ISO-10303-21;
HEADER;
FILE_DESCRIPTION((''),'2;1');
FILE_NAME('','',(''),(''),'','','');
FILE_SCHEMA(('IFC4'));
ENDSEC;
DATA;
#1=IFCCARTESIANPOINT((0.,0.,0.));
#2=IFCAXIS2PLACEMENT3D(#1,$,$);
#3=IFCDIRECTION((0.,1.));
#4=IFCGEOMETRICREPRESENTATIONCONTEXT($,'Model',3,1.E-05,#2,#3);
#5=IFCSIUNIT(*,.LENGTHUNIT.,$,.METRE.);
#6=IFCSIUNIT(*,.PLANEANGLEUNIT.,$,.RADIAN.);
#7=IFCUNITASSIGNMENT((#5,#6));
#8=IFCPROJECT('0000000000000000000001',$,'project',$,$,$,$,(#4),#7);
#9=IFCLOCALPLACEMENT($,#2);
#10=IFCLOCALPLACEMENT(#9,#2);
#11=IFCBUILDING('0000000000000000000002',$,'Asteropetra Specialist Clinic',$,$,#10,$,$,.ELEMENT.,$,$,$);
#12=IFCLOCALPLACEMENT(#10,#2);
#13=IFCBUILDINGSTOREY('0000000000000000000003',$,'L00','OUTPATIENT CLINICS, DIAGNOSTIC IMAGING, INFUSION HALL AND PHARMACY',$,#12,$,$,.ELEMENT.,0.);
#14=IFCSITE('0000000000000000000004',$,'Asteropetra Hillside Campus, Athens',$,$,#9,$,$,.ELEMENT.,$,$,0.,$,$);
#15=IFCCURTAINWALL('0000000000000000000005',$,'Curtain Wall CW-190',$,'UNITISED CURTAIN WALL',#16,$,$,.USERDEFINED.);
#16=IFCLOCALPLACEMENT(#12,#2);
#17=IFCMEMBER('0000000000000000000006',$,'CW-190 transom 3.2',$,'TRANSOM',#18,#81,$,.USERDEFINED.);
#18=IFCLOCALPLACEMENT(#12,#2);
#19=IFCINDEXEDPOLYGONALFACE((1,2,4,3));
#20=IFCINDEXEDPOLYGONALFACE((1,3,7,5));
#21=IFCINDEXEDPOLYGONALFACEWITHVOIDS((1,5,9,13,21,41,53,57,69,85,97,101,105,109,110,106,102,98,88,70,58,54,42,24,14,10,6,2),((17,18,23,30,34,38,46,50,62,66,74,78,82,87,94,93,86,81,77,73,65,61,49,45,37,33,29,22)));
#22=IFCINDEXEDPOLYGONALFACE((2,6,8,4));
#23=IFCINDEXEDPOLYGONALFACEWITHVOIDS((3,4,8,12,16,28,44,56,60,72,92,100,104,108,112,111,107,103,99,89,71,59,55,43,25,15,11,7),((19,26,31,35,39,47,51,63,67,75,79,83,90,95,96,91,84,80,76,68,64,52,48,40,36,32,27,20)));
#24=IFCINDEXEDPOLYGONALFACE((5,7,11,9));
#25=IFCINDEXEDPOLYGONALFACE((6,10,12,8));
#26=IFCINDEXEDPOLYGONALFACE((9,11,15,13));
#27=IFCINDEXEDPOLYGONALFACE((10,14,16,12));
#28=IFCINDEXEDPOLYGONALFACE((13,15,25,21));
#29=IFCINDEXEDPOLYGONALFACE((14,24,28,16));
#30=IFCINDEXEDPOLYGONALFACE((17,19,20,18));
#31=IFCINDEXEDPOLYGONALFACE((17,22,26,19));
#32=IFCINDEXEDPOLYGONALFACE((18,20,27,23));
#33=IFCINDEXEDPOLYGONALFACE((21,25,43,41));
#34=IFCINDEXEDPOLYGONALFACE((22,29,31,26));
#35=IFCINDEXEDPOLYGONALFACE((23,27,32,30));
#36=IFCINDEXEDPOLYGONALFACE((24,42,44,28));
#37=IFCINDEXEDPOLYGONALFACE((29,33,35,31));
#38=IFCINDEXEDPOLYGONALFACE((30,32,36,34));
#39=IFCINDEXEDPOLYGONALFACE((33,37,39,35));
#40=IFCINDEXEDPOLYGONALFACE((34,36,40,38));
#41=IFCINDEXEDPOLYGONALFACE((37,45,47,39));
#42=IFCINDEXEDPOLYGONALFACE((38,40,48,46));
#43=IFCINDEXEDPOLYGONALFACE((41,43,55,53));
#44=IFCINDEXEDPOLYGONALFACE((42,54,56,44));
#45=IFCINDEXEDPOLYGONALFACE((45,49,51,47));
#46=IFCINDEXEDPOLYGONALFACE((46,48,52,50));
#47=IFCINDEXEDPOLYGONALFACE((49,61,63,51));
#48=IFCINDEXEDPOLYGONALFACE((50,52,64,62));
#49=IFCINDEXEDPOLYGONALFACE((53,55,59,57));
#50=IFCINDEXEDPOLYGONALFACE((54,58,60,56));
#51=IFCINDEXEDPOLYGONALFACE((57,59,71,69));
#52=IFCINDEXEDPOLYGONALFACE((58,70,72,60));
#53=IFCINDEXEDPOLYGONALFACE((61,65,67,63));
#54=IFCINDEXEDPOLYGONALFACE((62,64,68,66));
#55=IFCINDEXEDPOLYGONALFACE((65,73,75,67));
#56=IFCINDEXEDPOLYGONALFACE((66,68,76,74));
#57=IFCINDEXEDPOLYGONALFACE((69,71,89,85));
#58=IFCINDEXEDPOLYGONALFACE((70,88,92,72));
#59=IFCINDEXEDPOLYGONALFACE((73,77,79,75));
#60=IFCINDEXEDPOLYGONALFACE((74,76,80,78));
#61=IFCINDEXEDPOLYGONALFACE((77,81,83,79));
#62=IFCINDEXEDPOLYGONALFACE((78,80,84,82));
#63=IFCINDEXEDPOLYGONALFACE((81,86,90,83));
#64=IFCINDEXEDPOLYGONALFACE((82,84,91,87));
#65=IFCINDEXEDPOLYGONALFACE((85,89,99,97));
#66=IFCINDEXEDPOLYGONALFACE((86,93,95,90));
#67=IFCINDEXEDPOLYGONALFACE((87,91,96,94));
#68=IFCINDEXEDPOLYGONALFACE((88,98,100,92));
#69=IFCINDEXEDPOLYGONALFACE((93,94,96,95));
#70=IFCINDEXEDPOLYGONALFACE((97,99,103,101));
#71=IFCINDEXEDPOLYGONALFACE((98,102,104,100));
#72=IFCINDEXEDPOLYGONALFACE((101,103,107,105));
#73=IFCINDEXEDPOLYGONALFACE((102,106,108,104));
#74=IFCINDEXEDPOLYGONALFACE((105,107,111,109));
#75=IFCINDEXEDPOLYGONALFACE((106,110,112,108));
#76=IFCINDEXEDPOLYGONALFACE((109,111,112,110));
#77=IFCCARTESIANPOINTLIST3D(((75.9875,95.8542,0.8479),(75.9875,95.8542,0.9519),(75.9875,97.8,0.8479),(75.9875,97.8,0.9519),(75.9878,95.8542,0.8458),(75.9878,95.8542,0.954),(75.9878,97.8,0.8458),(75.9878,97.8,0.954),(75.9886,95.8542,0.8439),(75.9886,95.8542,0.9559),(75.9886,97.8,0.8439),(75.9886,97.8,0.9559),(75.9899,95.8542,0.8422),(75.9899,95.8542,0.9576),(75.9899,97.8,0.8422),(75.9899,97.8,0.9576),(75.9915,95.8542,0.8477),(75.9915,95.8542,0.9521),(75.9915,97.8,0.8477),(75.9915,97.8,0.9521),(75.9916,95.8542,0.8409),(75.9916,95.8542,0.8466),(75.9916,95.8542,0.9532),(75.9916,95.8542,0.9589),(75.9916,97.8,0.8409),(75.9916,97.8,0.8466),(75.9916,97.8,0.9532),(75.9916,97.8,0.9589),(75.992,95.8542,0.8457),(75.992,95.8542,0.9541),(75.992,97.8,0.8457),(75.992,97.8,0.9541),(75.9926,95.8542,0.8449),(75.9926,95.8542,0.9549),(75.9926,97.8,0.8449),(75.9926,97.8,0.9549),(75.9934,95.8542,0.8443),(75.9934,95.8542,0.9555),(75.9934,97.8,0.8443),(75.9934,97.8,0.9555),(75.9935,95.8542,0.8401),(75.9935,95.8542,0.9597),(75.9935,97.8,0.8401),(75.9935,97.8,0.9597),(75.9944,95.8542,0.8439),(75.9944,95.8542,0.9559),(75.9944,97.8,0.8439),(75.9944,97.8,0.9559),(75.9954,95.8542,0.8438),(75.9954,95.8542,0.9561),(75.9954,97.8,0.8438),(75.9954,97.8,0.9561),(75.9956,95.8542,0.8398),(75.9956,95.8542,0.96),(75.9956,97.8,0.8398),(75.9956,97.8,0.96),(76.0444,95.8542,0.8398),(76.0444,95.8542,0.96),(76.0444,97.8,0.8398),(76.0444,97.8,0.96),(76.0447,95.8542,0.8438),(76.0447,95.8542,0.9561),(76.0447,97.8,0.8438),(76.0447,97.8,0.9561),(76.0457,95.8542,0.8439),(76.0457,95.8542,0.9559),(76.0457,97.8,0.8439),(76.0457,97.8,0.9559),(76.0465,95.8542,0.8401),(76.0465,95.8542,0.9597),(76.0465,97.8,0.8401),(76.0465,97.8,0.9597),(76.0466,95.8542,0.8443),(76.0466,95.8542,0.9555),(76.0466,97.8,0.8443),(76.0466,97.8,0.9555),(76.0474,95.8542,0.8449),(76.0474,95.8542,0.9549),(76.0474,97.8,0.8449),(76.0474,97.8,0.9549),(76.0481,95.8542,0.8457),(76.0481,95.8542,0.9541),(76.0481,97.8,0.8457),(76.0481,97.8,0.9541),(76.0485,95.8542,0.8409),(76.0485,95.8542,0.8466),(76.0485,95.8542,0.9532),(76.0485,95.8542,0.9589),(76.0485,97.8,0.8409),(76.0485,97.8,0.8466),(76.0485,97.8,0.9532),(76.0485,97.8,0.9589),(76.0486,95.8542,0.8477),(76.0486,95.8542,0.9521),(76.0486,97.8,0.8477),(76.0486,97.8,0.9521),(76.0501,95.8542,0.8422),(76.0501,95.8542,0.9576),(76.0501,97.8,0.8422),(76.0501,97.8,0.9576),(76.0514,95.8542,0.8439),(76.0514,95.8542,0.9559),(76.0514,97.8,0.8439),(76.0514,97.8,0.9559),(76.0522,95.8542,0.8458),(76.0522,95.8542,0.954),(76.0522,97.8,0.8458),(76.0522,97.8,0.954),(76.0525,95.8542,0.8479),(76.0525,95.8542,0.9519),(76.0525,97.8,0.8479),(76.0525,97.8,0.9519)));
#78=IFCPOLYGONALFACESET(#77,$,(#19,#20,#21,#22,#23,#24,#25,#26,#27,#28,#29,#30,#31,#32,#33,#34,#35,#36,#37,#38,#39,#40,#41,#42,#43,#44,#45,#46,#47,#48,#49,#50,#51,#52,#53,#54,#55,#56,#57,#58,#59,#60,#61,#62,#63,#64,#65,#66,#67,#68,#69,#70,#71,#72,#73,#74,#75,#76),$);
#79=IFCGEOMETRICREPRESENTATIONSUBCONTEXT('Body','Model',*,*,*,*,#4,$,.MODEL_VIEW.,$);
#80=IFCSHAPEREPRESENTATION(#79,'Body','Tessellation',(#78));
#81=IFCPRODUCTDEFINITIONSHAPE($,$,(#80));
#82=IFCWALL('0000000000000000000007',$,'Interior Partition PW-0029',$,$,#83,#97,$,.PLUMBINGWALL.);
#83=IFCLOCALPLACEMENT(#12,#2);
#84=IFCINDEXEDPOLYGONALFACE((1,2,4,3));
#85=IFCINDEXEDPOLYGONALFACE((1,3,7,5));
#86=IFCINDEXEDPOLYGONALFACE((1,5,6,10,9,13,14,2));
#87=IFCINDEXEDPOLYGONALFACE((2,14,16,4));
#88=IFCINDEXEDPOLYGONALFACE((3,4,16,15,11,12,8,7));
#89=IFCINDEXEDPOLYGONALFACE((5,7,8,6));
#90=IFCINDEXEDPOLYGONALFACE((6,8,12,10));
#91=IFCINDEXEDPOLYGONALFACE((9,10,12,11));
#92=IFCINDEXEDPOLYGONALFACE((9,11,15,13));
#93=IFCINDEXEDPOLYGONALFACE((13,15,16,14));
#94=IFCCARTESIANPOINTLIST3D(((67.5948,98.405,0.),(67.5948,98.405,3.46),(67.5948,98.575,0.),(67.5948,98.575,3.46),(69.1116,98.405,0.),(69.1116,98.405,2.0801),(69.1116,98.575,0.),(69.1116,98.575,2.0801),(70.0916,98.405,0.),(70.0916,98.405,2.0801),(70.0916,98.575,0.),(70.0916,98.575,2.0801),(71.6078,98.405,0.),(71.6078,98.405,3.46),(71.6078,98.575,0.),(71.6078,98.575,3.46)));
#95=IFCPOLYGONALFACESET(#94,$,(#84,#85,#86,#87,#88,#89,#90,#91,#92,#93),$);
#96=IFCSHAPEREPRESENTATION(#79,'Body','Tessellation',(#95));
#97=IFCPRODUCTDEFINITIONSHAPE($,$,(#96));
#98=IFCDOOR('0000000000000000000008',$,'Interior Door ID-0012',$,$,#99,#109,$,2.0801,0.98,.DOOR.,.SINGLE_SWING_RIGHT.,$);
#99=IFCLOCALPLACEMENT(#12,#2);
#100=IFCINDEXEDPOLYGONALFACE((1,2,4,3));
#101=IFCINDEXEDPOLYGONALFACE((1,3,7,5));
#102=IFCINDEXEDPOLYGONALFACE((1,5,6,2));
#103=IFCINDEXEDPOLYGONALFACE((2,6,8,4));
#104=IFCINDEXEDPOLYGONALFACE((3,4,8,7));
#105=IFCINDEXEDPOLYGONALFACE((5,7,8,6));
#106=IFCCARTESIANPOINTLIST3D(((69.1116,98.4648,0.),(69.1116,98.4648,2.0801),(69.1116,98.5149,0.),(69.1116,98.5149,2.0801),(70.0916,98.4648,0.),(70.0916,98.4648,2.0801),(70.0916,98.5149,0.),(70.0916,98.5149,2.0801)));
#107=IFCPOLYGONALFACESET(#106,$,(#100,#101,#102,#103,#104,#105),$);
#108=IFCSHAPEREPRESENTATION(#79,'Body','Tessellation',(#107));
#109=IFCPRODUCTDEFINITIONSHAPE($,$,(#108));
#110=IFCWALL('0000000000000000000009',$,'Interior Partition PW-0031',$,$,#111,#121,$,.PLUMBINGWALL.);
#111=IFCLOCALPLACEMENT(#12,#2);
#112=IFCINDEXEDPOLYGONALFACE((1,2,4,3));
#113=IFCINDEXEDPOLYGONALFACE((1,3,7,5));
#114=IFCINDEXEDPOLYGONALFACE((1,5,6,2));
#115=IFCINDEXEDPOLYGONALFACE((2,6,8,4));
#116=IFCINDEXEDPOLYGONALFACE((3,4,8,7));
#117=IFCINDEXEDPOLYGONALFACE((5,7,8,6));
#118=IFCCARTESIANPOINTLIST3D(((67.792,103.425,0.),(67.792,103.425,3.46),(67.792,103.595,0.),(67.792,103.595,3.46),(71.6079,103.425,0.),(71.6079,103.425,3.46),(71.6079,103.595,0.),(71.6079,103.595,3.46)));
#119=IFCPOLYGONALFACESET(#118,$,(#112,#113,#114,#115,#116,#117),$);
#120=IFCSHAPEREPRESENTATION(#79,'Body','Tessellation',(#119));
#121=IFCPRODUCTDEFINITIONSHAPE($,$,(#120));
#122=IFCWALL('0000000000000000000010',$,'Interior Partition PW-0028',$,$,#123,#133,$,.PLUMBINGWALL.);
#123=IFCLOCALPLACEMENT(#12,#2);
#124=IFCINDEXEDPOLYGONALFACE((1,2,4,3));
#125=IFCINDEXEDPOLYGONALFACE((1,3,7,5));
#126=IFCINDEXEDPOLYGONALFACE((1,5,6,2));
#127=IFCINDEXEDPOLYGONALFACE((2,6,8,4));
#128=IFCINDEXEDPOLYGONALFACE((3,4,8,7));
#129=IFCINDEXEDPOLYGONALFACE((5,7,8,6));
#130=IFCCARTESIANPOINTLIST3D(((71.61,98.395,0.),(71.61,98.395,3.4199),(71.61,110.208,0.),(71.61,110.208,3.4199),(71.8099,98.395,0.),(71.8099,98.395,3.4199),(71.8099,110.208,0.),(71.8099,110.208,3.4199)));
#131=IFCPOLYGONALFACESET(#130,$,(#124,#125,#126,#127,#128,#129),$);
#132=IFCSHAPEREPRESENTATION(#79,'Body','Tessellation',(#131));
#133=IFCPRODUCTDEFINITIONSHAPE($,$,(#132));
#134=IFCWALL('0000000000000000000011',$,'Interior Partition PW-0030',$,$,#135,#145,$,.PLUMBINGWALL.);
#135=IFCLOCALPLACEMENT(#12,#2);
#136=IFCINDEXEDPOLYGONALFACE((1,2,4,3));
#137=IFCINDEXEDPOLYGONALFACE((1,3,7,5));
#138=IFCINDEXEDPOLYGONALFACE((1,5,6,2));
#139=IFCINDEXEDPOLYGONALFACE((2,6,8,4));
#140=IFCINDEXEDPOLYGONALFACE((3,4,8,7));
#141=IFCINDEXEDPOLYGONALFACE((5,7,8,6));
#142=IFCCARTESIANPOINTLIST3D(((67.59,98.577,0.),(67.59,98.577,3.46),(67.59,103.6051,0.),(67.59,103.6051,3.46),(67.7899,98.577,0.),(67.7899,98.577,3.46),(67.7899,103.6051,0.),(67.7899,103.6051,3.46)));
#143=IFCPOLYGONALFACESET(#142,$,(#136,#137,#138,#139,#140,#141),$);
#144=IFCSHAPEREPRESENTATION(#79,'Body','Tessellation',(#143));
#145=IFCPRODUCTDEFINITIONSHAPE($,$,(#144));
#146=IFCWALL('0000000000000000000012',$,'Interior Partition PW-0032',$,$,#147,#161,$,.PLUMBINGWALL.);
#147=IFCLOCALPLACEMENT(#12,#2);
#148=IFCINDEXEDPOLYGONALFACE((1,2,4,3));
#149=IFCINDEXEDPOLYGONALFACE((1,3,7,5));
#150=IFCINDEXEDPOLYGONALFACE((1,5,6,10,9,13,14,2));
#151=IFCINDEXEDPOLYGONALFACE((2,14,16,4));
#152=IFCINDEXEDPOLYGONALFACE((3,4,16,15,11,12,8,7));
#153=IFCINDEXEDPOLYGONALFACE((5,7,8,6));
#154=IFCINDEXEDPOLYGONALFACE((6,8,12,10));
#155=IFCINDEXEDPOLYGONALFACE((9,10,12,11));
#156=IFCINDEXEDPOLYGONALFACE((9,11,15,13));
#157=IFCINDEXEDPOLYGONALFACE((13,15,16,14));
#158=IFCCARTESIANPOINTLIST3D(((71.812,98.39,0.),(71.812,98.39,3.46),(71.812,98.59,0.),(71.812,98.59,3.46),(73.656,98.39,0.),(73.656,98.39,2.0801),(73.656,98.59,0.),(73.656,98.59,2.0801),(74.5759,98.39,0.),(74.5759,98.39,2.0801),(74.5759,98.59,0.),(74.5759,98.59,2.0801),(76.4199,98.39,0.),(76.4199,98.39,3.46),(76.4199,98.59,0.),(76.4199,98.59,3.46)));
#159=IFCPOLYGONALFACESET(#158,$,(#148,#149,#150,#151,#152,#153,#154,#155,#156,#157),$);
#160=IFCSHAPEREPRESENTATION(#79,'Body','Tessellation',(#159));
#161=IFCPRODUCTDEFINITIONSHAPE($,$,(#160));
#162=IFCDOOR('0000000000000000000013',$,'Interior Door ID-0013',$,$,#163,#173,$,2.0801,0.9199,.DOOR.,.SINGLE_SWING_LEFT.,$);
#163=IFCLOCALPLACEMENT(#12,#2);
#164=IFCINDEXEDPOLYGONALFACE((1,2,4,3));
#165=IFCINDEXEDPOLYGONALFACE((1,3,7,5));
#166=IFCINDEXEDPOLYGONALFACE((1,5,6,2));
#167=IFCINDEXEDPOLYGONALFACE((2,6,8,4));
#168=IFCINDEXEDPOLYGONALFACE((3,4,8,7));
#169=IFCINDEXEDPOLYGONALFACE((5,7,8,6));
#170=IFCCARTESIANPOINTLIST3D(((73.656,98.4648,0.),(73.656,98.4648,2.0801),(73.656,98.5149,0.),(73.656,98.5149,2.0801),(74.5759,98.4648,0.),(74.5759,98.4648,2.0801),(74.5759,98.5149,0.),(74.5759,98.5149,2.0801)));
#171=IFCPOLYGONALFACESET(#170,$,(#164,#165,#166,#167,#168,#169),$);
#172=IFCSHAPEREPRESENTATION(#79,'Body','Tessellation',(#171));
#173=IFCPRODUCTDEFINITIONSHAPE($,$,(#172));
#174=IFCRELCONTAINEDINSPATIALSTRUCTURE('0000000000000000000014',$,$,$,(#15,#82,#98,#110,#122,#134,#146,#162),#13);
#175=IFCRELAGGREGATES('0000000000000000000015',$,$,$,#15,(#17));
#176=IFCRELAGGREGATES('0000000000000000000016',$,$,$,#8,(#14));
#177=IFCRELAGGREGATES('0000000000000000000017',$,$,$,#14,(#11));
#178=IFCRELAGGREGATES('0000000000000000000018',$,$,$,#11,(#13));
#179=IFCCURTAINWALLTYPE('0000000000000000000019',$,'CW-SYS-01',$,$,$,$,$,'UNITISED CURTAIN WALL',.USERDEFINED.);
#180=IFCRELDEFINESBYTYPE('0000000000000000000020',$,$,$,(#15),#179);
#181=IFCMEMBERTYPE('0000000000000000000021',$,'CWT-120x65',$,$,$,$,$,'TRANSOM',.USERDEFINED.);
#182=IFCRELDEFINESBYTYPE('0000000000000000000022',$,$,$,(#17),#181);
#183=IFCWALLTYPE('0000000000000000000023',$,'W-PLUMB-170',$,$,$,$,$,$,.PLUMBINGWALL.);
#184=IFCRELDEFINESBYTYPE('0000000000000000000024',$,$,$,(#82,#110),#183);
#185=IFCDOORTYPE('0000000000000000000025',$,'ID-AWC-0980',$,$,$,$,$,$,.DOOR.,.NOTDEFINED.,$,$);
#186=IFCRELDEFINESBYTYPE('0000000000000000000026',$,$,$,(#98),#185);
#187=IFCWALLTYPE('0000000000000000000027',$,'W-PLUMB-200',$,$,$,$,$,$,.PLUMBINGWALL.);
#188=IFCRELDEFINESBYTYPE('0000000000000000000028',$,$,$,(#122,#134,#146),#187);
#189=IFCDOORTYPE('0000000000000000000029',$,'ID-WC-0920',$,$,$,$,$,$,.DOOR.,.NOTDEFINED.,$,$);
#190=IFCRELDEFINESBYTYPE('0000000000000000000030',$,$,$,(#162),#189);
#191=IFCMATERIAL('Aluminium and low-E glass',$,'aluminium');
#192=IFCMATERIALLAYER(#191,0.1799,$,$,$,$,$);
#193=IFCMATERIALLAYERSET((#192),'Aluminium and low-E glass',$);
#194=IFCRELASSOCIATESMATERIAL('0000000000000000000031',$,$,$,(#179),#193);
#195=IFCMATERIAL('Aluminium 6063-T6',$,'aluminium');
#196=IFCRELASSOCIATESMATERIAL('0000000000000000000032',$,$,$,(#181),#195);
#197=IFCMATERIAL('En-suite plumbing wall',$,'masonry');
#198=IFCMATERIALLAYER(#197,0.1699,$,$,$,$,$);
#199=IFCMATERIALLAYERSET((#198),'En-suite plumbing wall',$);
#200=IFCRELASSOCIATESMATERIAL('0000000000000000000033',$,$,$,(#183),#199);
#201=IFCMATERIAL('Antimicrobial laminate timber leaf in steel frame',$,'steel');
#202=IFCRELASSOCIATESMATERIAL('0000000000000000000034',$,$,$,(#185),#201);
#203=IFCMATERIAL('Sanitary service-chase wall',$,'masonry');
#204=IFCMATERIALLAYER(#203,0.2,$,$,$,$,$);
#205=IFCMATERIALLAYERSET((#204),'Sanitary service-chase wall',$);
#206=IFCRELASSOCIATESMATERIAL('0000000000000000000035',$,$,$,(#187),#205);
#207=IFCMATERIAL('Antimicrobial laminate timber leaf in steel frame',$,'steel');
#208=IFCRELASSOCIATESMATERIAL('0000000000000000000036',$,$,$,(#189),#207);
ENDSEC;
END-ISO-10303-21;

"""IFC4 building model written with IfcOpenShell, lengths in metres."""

from ifc_helpers import new_model, si_unit, direction, frame, frame_2d, origin, origin_2d, place, context, subcontext, project, spatial, rectangle, hollow_rectangle, extrude, material, layer, layer_set, material_profile, profile_set, type_object, element, fill, aggregate, save


model = new_model("IFC4")

# Units and contexts
model_context = context("Model", 3, precision=1e-05, world=origin(), true_north=direction((0.0, 1.0)))
body_context = subcontext(model_context, "Body", "Model", "MODEL_VIEW")
ifc_project = project(units=[si_unit("LENGTHUNIT", "METRE"), si_unit("PLANEANGLEUNIT", "RADIAN")], contexts=[model_context])

# Site, building, storey
site_placement = place(None, origin())
site = spatial("IfcSite", under=ifc_project, at=site_placement, Name="Asteropetra Hillside Campus, Athens", CompositionType="ELEMENT", RefElevation=0.0)
building_placement = place(site_placement, origin())
building = spatial("IfcBuilding", under=site, at=building_placement, Name="Asteropetra Specialist Clinic", CompositionType="ELEMENT")
storey_placement = place(building_placement, origin())
storey = spatial("IfcBuildingStorey", under=building, at=storey_placement, Name="L00", Description="OUTPATIENT CLINICS, DIAGNOSTIC IMAGING, INFUSION HALL AND PHARMACY", CompositionType="ELEMENT", Elevation=0.0)

# Curtain wall, member
ifc_material_1 = material(Name="Aluminium and low-E glass", Category="aluminium")
ifc_layer_1 = layer(ifc_material_1, 0.1799)
ifc_layer_set_1 = layer_set([ifc_layer_1], Name="Aluminium and low-E glass")
curtain_wall_type = type_object("IfcCurtainWallType", Name="CW-SYS-01", ElementType="UNITISED CURTAIN WALL", PredefinedType="USERDEFINED", material=ifc_layer_set_1)
curtain_wall_placement = place(storey_placement, origin())
curtain_wall = element("IfcCurtainWall", 1, at=curtain_wall_placement, inside=storey, type_object=curtain_wall_type, Name="Curtain Wall CW-190", ObjectType="UNITISED CURTAIN WALL", PredefinedType="USERDEFINED")
ifc_material_2 = material(Name="Aluminium 6063-T6", Category="aluminium")
ifc_material_profile_1 = material_profile(ifc_material_2, hollow_rectangle(XDim=0.0649, YDim=0.1201, WallThickness=0.0039, InnerFilletRadius=0.0039, OuterFilletRadius=0.0081, at=origin_2d()), Name="TRN 120x65x4.0")
ifc_profile_set_1 = profile_set([ifc_material_profile_1], Name="Aluminium 6063-T6")
member_type_1 = type_object("IfcMemberType", Name="CWT-120x65", ElementType="TRANSOM", PredefinedType="USERDEFINED", material=ifc_profile_set_1)
member_1_placement = place(storey_placement, frame((76.02, 95.8542, 0.8999), z_axis=(0.0, 1.0, 0.0), x_axis=(-1.0, 0.0, 0.0)))
member_1 = element("IfcMember", 2, at=member_1_placement, type_object=member_type_1, Name="CW-190 transom 3.2", ObjectType="TRANSOM", PredefinedType="USERDEFINED", context=body_context, shape_type="SweptSolid", body=[
    extrude(hollow_rectangle(XDim=0.0649, YDim=0.1201, WallThickness=0.0039, InnerFilletRadius=0.0039, OuterFilletRadius=0.0081, at=origin_2d()), origin(), (0.0, 0.0, 1.0), 1.9458),
])
aggregate(curtain_wall, [member_1])

# Wall, opening, door
ifc_material_3 = material(Name="En-suite plumbing wall", Category="masonry")
ifc_layer_2 = layer(ifc_material_3, 0.1699)
ifc_layer_set_2 = layer_set([ifc_layer_2], Name="En-suite plumbing wall")
wall_type_1 = type_object("IfcWallType", Name="W-PLUMB-170", PredefinedType="PLUMBINGWALL", material=ifc_layer_set_2)
wall_1_placement = place(storey_placement, frame((67.595, 98.49, 0.0), z_axis=(0.0, 0.0, 1.0), x_axis=(1.0, 0.0, 0.0)))
wall_1 = element("IfcWall", 3, at=wall_1_placement, inside=storey, type_object=wall_type_1, Name="Interior Partition PW-0029", PredefinedType="PLUMBINGWALL", context=body_context, shape_type="SweptSolid", body=[
    extrude(rectangle(XDim=4.0129, YDim=0.1699, at=frame_2d((2.0063, 0.0))), origin(), (0.0, 0.0, 1.0), 3.46),
])
opening_1_placement = place(wall_1_placement, frame((1.5166, 0.0, 0.0)))
opening_1 = element("IfcOpeningElement", 4, at=opening_1_placement, cuts=wall_1, PredefinedType="OPENING", context=body_context, shape_type="SweptSolid", body=[
    extrude(rectangle(XDim=0.98, YDim=2.0801, at=frame_2d((0.49, 1.04))), frame((0.0, 0.095, 0.0), z_axis=(0.0, -1.0, 0.0), x_axis=(1.0, 0.0, 0.0)), (0.0, 0.0, 1.0), 0.1899),
])
ifc_material_4 = material(Name="Antimicrobial laminate timber leaf in steel frame", Category="steel")
door_type_1 = type_object("IfcDoorType", Name="ID-AWC-0980", OperationType="NOTDEFINED", PredefinedType="DOOR", material=ifc_material_4)
door_1_placement = place(opening_1_placement, origin())
door_1 = element("IfcDoor", 5, at=door_1_placement, inside=storey, type_object=door_type_1, Name="Interior Door ID-0012", OperationType="SINGLE_SWING_RIGHT", OverallHeight=2.0801, OverallWidth=0.98, PredefinedType="DOOR", context=body_context, shape_type="SweptSolid", body=[
    extrude(rectangle(XDim=0.98, YDim=2.0801, at=frame_2d((0.49, 1.04))), frame((0.0, 0.0249, 0.0), z_axis=(0.0, -1.0, 0.0), x_axis=(1.0, 0.0, 0.0)), (0.0, 0.0, 1.0), 0.05),
])
fill(opening_1, door_1)

# Walls
wall_2_placement = place(storey_placement, frame((67.792, 103.51, 0.0), z_axis=(0.0, 0.0, 1.0), x_axis=(1.0, 0.0, 0.0)))
element("IfcWall", 6, at=wall_2_placement, inside=storey, type_object=wall_type_1, Name="Interior Partition PW-0031", PredefinedType="PLUMBINGWALL", context=body_context, shape_type="SweptSolid", body=[
    extrude(rectangle(XDim=3.8159, YDim=0.1699, at=frame_2d((1.908, 0.0))), origin(), (0.0, 0.0, 1.0), 3.46),
])
ifc_material_5 = material(Name="Sanitary service-chase wall", Category="masonry")
ifc_layer_3 = layer(ifc_material_5, 0.2)
ifc_layer_set_3 = layer_set([ifc_layer_3], Name="Sanitary service-chase wall")
wall_type_2 = type_object("IfcWallType", Name="W-PLUMB-200", PredefinedType="PLUMBINGWALL", material=ifc_layer_set_3)
wall_3_placement = place(storey_placement, frame((71.71, 98.395, 0.0), z_axis=(0.0, 0.0, 1.0), x_axis=(0.0, 1.0, 0.0)))
element("IfcWall", 7, at=wall_3_placement, inside=storey, type_object=wall_type_2, Name="Interior Partition PW-0028", PredefinedType="PLUMBINGWALL", context=body_context, shape_type="SweptSolid", body=[
    extrude(rectangle(XDim=11.813, YDim=0.2, at=frame_2d((5.9065, 0.0))), origin(), (0.0, 0.0, 1.0), 3.4199),
])
wall_4_placement = place(storey_placement, frame((67.6899, 98.5769, 0.0), z_axis=(0.0, 0.0, 1.0), x_axis=(0.0, 1.0, 0.0)))
element("IfcWall", 8, at=wall_4_placement, inside=storey, type_object=wall_type_2, Name="Interior Partition PW-0030", PredefinedType="PLUMBINGWALL", context=body_context, shape_type="SweptSolid", body=[
    extrude(rectangle(XDim=5.0281, YDim=0.2, at=frame_2d((2.5142, 0.0))), origin(), (0.0, 0.0, 1.0), 3.46),
])

# Wall, opening, door
wall_5_placement = place(storey_placement, frame((71.812, 98.49, 0.0), z_axis=(0.0, 0.0, 1.0), x_axis=(1.0, 0.0, 0.0)))
wall_5 = element("IfcWall", 9, at=wall_5_placement, inside=storey, type_object=wall_type_2, Name="Interior Partition PW-0032", PredefinedType="PLUMBINGWALL", context=body_context, shape_type="SweptSolid", body=[
    extrude(rectangle(XDim=4.6079, YDim=0.2, at=frame_2d((2.304, 0.0))), origin(), (0.0, 0.0, 1.0), 3.46),
])
opening_2_placement = place(wall_5_placement, frame((1.844, 0.0, 0.0)))
opening_2 = element("IfcOpeningElement", 10, at=opening_2_placement, cuts=wall_5, PredefinedType="OPENING", context=body_context, shape_type="SweptSolid", body=[
    extrude(rectangle(XDim=0.9199, YDim=2.0801, at=frame_2d((0.46, 1.04))), frame((0.0, 0.1099, 0.0), z_axis=(0.0, -1.0, 0.0), x_axis=(1.0, 0.0, 0.0)), (0.0, 0.0, 1.0), 0.22),
])
ifc_material_6 = material(Name="Antimicrobial laminate timber leaf in steel frame", Category="steel")
door_type_2 = type_object("IfcDoorType", Name="ID-WC-0920", OperationType="NOTDEFINED", PredefinedType="DOOR", material=ifc_material_6)
door_2_placement = place(opening_2_placement, origin())
door_2 = element("IfcDoor", 11, at=door_2_placement, inside=storey, type_object=door_type_2, Name="Interior Door ID-0013", OperationType="SINGLE_SWING_LEFT", OverallHeight=2.0801, OverallWidth=0.9199, PredefinedType="DOOR", context=body_context, shape_type="SweptSolid", body=[
    extrude(rectangle(XDim=0.9199, YDim=2.0801, at=frame_2d((0.46, 1.04))), frame((0.0, 0.0249, 0.0), z_axis=(0.0, -1.0, 0.0), x_axis=(1.0, 0.0, 0.0)), (0.0, 0.0, 1.0), 0.05),
])
fill(opening_2, door_2)

save(model, "model.ifc")
